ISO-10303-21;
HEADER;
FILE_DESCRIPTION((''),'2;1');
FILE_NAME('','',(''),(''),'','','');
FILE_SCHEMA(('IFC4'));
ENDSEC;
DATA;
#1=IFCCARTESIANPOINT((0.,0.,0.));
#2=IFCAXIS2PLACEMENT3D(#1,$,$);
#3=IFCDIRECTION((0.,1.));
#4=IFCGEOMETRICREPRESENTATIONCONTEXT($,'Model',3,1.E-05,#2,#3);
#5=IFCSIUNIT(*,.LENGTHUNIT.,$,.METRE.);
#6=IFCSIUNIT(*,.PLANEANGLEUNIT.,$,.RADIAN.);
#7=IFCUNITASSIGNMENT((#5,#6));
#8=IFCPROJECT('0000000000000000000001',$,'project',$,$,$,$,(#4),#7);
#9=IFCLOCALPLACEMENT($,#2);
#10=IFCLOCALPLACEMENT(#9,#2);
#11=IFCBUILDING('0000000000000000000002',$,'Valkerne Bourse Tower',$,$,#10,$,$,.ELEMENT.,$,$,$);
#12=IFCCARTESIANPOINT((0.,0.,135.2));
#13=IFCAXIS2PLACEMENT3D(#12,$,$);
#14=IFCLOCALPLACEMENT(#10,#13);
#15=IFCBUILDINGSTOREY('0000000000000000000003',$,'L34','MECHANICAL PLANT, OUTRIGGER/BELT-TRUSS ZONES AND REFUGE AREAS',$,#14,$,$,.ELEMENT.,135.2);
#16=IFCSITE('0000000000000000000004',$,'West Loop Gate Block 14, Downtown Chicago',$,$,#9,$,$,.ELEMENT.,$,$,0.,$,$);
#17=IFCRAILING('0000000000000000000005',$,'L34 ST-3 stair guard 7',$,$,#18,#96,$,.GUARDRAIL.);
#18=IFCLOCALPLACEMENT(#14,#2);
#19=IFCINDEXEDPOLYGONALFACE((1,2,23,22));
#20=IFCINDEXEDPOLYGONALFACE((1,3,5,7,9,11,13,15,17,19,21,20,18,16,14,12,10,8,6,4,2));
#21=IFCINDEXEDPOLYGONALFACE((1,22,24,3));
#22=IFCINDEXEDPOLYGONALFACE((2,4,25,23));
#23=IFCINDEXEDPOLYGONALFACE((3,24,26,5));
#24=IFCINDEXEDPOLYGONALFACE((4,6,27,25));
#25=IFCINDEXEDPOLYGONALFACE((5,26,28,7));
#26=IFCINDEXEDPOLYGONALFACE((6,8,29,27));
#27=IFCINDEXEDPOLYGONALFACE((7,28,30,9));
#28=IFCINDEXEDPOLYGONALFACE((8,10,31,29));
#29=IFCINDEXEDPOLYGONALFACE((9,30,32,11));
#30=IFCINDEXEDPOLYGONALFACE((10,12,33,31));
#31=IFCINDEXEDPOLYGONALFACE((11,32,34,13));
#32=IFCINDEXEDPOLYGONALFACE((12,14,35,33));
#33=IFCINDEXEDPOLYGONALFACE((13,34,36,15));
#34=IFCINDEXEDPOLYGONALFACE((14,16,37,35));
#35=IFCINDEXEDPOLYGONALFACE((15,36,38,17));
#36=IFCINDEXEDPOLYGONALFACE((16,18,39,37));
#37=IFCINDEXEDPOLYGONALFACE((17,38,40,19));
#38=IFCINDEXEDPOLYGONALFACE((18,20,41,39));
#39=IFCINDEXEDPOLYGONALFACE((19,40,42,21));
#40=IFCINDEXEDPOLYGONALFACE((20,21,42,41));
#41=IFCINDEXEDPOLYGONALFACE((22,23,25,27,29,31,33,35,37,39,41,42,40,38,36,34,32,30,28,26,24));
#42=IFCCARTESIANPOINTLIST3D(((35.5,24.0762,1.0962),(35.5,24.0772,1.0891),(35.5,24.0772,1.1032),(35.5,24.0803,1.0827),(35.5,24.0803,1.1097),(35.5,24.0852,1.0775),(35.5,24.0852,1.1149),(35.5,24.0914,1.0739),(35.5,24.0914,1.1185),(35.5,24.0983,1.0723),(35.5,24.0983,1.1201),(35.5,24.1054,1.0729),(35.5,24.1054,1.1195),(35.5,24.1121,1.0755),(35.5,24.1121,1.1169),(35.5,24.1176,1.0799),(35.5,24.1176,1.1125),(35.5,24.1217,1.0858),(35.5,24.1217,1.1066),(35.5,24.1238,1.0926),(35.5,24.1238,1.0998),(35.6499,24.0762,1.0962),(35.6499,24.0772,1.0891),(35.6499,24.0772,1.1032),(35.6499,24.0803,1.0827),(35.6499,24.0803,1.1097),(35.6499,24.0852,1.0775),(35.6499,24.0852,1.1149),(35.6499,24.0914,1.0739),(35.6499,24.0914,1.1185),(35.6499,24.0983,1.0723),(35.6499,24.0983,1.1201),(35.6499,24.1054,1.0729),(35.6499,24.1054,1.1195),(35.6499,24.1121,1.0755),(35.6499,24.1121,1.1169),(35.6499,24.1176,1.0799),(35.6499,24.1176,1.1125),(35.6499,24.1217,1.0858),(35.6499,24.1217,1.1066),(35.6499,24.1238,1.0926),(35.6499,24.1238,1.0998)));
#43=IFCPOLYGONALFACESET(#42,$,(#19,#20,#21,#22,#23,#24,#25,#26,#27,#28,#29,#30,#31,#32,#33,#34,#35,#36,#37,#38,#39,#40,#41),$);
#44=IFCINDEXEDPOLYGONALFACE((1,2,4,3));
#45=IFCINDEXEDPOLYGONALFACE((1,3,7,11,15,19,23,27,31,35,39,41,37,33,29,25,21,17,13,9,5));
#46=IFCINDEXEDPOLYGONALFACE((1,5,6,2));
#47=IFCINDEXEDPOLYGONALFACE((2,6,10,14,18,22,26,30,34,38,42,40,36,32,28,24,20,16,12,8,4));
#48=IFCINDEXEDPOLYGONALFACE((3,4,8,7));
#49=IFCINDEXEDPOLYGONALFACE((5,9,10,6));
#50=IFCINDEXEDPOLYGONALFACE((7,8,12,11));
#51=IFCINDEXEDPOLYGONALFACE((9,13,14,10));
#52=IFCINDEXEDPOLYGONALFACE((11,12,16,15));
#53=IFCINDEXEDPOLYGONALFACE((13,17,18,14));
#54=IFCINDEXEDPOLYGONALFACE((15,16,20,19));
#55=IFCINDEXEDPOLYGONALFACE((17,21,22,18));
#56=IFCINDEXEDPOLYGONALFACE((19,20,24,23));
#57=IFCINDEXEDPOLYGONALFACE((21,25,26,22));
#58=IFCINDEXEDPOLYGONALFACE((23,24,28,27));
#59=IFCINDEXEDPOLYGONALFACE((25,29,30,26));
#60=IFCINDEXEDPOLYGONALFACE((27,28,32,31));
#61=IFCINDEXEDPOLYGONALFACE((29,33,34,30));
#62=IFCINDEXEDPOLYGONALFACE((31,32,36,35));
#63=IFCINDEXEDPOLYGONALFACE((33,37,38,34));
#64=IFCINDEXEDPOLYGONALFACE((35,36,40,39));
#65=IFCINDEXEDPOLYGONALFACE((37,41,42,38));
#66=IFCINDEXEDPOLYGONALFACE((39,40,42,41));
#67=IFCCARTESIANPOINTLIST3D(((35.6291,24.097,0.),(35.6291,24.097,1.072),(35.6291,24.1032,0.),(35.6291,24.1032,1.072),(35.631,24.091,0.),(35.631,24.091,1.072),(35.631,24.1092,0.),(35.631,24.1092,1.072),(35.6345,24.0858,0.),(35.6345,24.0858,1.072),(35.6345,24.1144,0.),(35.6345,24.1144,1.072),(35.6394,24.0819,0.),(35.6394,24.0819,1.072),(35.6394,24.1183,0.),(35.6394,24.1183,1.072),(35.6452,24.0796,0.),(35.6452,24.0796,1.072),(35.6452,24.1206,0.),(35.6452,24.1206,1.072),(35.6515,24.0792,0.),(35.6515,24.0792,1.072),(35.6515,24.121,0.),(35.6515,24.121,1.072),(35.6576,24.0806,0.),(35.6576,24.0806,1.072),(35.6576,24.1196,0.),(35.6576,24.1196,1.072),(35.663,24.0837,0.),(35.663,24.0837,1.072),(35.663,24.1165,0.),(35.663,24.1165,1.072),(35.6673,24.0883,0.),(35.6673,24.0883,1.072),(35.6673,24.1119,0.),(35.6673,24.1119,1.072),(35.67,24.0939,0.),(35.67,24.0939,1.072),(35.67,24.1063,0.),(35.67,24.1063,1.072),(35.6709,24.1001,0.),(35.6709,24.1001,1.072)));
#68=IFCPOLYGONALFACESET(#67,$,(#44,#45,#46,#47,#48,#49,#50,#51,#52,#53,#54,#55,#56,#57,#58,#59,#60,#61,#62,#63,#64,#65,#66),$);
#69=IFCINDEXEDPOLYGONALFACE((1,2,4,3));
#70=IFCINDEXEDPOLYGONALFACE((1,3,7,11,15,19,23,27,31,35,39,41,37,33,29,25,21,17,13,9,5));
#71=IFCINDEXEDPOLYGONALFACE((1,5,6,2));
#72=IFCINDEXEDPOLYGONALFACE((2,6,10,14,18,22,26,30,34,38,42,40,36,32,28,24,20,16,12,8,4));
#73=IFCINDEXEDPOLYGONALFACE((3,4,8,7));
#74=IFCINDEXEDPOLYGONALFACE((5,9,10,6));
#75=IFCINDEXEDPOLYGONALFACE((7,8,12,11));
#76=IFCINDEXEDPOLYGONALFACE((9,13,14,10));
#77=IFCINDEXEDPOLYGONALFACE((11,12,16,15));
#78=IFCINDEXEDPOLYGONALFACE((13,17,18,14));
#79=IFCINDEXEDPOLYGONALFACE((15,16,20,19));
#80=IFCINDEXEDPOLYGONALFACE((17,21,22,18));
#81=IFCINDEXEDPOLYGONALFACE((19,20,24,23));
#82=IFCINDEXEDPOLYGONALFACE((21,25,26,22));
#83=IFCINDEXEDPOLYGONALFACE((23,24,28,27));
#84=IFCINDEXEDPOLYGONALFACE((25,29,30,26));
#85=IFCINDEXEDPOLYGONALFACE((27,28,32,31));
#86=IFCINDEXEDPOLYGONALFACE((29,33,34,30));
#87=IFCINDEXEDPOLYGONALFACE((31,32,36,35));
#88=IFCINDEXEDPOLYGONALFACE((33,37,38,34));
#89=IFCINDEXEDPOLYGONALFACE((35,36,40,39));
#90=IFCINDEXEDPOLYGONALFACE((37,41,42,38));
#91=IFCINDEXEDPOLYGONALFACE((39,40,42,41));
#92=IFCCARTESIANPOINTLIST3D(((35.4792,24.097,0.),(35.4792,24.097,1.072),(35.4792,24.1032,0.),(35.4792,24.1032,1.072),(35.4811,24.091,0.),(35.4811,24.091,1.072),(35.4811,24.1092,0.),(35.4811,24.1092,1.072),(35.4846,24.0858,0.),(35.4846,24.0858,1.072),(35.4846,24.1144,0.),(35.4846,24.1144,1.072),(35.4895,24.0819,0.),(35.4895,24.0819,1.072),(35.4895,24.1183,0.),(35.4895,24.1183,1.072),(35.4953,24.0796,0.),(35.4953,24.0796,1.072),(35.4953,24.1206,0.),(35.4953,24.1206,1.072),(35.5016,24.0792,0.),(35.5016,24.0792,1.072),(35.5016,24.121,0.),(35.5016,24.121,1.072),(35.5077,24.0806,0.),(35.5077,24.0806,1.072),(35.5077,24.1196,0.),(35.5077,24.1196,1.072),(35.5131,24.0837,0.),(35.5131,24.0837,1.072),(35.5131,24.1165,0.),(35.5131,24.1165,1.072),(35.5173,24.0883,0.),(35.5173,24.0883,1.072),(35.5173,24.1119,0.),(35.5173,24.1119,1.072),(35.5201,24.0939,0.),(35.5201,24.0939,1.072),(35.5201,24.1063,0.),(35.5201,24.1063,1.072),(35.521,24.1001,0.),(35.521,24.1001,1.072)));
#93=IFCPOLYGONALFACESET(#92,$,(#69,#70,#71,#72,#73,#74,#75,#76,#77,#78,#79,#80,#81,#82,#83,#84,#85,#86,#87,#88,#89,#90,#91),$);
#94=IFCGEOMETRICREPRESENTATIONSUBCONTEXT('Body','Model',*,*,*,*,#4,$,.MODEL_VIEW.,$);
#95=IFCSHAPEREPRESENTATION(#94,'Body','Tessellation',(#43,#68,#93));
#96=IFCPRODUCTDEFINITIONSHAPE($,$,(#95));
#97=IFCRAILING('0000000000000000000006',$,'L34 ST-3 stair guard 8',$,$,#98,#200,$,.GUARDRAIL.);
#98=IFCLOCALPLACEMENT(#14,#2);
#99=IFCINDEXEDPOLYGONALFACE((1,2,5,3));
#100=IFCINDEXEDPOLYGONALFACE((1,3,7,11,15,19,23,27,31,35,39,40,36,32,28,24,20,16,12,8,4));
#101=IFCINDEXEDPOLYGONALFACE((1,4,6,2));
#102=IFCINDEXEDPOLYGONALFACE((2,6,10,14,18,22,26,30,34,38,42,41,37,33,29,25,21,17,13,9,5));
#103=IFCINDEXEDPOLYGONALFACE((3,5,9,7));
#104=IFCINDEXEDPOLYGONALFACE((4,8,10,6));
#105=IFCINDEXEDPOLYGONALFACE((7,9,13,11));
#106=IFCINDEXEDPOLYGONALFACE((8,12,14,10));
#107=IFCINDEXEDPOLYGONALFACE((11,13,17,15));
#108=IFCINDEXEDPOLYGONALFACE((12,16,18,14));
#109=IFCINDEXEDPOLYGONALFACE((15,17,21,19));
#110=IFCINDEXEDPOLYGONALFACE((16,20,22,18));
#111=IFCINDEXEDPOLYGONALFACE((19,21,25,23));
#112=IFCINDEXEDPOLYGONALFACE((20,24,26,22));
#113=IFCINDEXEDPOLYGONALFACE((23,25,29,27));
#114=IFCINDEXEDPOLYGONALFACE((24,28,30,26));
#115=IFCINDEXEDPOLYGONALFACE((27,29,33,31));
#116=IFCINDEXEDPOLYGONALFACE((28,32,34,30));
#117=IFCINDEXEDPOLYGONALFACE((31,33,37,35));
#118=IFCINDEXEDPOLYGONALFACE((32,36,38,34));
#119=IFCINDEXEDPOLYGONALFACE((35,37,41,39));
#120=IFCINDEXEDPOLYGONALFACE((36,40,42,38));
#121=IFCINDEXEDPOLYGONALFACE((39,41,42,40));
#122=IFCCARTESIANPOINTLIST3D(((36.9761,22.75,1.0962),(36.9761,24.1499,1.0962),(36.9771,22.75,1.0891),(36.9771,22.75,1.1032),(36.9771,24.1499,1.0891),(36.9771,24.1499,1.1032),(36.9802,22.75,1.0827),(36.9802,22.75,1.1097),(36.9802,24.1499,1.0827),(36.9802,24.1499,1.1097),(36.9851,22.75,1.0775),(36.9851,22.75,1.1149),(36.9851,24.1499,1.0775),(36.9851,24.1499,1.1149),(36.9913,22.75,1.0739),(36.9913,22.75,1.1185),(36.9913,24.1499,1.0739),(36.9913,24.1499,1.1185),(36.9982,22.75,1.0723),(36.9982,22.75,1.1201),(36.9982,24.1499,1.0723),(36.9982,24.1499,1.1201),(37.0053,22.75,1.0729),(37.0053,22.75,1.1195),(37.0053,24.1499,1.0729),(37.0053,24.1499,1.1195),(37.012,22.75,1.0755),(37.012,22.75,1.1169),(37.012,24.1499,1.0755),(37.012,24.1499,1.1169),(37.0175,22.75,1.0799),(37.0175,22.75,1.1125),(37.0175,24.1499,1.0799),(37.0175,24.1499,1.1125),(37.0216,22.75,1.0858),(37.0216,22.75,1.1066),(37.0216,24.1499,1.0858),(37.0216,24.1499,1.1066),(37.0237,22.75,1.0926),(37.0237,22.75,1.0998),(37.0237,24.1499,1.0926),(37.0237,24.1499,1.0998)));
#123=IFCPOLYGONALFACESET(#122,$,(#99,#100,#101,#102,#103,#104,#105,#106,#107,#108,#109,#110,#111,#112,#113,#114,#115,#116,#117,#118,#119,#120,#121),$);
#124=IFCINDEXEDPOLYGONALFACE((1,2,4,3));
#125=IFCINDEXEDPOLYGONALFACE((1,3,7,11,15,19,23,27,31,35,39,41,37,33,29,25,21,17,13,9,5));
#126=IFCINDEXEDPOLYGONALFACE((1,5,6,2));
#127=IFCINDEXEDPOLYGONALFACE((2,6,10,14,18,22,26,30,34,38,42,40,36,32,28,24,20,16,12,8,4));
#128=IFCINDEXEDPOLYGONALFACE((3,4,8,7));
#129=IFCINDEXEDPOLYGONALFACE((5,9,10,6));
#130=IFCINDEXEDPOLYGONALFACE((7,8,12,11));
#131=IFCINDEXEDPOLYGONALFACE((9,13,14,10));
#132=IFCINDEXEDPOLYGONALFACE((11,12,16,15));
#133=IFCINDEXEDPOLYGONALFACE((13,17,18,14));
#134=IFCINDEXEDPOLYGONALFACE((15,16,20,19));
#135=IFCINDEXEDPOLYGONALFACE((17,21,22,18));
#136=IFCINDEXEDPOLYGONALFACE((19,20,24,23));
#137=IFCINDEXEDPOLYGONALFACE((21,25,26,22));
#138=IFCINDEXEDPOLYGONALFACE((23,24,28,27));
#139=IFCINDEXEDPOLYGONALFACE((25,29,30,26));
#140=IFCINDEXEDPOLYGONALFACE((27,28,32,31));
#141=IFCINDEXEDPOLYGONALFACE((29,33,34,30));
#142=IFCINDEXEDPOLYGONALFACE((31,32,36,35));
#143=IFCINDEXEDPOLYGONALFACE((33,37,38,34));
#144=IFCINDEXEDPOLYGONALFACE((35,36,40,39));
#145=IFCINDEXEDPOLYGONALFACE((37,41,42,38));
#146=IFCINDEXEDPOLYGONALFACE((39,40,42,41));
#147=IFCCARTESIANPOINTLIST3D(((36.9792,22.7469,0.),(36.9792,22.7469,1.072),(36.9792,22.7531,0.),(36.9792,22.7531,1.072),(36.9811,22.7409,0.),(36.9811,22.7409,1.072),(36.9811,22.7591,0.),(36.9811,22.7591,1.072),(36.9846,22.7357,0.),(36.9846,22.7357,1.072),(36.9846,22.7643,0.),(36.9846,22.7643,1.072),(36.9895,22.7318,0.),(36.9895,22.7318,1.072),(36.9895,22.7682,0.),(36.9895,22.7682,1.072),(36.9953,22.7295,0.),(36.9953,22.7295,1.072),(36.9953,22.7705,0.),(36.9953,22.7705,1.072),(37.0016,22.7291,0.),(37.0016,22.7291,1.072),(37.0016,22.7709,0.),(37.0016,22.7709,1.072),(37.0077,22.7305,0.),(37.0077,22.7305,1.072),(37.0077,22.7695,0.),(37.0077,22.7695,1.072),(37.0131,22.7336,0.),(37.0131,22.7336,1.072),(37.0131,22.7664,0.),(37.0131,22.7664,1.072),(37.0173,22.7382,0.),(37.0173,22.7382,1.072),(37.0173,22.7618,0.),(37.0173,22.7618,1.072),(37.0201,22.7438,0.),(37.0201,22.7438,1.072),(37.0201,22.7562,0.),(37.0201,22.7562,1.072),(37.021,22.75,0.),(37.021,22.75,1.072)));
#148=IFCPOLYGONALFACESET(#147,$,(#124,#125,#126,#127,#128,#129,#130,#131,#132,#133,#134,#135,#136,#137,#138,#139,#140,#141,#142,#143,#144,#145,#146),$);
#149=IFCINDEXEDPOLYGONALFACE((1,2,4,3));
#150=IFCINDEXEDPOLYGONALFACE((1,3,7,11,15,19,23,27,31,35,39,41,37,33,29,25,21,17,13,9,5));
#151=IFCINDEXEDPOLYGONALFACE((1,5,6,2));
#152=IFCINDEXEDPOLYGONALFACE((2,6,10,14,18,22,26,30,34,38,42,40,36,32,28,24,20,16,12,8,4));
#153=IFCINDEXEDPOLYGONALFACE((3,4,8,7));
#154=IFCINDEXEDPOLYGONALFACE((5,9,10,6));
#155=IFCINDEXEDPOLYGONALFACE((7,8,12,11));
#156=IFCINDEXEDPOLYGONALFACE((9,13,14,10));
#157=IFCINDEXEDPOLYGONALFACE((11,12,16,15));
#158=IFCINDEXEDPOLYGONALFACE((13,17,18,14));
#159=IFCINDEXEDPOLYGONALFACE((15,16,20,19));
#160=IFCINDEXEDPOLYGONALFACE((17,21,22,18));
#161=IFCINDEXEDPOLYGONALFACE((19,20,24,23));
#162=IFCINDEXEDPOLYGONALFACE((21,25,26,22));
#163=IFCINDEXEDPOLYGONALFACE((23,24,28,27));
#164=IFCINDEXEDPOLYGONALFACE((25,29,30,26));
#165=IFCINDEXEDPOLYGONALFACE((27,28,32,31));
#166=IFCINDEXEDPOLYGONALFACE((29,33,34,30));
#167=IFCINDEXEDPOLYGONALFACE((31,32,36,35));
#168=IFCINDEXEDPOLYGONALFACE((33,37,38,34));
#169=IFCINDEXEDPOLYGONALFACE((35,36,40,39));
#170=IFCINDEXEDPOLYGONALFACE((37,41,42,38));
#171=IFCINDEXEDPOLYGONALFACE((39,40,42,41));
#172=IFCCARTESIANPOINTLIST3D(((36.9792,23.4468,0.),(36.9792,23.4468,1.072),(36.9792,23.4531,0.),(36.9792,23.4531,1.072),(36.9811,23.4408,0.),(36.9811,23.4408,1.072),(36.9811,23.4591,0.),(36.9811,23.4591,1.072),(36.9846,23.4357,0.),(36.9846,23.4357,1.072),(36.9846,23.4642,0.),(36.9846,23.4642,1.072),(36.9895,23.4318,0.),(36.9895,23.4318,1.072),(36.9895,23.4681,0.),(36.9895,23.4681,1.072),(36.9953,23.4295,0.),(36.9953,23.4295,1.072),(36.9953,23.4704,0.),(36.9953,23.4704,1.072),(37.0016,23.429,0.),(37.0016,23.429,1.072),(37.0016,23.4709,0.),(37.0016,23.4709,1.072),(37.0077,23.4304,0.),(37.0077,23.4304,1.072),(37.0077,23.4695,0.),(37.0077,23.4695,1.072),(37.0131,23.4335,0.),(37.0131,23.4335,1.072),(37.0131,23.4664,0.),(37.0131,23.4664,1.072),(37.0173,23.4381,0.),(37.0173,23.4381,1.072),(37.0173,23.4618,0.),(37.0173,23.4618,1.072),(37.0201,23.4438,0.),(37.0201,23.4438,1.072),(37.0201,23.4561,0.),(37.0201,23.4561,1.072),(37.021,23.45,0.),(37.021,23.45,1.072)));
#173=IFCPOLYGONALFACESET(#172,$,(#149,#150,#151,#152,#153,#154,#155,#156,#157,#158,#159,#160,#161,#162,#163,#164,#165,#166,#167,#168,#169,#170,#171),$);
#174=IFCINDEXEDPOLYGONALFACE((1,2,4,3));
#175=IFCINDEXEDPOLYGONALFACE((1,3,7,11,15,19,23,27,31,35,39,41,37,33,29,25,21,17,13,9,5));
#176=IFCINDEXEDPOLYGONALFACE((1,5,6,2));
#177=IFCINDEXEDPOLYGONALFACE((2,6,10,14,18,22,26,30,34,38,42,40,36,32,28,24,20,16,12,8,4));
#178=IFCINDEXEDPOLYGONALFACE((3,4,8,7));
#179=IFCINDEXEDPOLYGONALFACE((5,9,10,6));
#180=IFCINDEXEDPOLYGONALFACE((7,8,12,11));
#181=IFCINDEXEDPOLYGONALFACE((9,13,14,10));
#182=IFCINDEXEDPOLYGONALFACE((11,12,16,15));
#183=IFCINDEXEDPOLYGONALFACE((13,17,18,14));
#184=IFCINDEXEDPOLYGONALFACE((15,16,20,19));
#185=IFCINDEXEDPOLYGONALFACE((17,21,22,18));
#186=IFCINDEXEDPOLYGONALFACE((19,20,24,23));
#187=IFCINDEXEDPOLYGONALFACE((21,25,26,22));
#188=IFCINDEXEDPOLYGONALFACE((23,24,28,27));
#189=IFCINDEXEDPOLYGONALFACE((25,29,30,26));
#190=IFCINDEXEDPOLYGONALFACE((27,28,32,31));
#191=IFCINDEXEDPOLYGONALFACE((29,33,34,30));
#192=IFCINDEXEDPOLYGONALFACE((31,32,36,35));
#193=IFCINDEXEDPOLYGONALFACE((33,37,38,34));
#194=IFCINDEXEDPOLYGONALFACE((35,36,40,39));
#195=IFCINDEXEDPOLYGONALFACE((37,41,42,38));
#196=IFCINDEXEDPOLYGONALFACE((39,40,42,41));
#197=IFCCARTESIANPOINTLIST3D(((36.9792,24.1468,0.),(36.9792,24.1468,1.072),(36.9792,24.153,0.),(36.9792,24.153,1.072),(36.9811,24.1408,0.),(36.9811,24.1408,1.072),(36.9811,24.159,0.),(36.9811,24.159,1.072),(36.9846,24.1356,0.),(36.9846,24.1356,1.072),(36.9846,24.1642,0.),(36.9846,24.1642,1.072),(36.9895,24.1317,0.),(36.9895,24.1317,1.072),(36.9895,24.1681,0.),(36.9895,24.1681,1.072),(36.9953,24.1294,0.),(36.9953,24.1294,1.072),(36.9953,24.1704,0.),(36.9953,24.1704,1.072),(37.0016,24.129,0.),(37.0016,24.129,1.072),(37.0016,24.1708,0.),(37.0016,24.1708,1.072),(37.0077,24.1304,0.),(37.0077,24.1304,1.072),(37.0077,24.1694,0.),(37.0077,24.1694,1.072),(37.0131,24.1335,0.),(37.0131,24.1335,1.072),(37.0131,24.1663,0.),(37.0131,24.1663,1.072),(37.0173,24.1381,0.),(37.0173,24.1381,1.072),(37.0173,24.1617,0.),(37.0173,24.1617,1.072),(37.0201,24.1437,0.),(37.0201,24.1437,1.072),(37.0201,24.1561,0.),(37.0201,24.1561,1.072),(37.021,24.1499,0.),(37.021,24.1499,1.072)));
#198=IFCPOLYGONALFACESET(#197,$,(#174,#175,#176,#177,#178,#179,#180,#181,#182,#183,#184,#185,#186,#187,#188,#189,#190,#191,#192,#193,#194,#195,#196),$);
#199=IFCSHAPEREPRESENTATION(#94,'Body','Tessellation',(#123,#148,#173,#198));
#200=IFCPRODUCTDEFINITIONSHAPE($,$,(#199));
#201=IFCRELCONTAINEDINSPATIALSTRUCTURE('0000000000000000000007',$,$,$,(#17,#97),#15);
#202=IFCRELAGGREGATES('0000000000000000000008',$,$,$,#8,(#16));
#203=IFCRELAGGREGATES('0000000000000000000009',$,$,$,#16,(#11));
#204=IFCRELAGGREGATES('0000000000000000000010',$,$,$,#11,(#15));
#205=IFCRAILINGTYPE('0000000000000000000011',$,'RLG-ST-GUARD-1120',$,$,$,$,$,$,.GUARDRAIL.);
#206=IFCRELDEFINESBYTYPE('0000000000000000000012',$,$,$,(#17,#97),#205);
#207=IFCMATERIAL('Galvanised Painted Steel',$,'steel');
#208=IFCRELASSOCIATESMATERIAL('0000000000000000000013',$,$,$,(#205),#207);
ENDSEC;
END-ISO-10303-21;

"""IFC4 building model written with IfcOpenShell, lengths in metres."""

from ifc_helpers import new_model, si_unit, direction, frame, origin, origin_2d, place, context, subcontext, project, spatial, circle, extrude, material, type_object, element, save


model = new_model("IFC4")

# Units and contexts
model_context = context("Model", 3, precision=1e-05, world=origin(), true_north=direction((0.0, 1.0)))
body_context = subcontext(model_context, "Body", "Model", "MODEL_VIEW")
ifc_project = project(units=[si_unit("LENGTHUNIT", "METRE"), si_unit("PLANEANGLEUNIT", "RADIAN")], contexts=[model_context])

# Site, building, storey
site_placement = place(None, origin())
site = spatial("IfcSite", under=ifc_project, at=site_placement, Name="West Loop Gate Block 14, Downtown Chicago", CompositionType="ELEMENT", RefElevation=0.0)
building_placement = place(site_placement, origin())
building = spatial("IfcBuilding", under=site, at=building_placement, Name="Valkerne Bourse Tower", CompositionType="ELEMENT")
storey_placement = place(building_placement, frame((0.0, 0.0, 135.2)))
storey = spatial("IfcBuildingStorey", under=building, at=storey_placement, Name="L34", Description="MECHANICAL PLANT, OUTRIGGER/BELT-TRUSS ZONES AND REFUGE AREAS", CompositionType="ELEMENT", Elevation=135.2)

# Shared definitions
ifc_material_1 = material(Name="Galvanised Painted Steel", Category="steel")

# Railings
railing_type_1 = type_object("IfcRailingType", Name="RLG-ST-GUARD-1120", PredefinedType="GUARDRAIL", material=ifc_material_1)
railing_1_placement = place(storey_placement, frame((35.6499, 24.1001, 0.0)))
element("IfcRailing", 1, at=railing_1_placement, inside=storey, type_object=railing_type_1, Name="L34 ST-3 stair guard 7", PredefinedType="GUARDRAIL", context=body_context, shape_type="SweptSolid", body=[
    extrude(circle(Radius=0.0239, at=origin_2d()), frame((0.0, 0.0, 1.0962), z_axis=(-1.0, 0.0, 0.0), x_axis=(0.0, -1.0, 0.0)), (0.0, 0.0, 1.0), 0.1499),
    extrude(circle(Radius=0.021, at=origin_2d()), origin(), (0.0, 0.0, 1.0), 1.072),
    extrude(circle(Radius=0.021, at=origin_2d()), frame((-0.1499, 0.0, 0.0)), (0.0, 0.0, 1.0), 1.072),
])
railing_2_placement = place(storey_placement, frame((37.0, 22.75, 0.0)))
element("IfcRailing", 2, at=railing_2_placement, inside=storey, type_object=railing_type_1, Name="L34 ST-3 stair guard 8", PredefinedType="GUARDRAIL", context=body_context, shape_type="SweptSolid", body=[
    extrude(circle(Radius=0.0239, at=origin_2d()), frame((0.0, 0.0, 1.0962), z_axis=(0.0, 1.0, 0.0), x_axis=(-1.0, 0.0, 0.0)), (0.0, 0.0, 1.0), 1.3999),
    extrude(circle(Radius=0.021, at=origin_2d()), origin(), (0.0, 0.0, 1.0), 1.072),
    extrude(circle(Radius=0.021, at=origin_2d()), frame((0.0, 0.7, 0.0)), (0.0, 0.0, 1.0), 1.072),
    extrude(circle(Radius=0.021, at=origin_2d()), frame((0.0, 1.3999, 0.0)), (0.0, 0.0, 1.0), 1.072),
])

save(model, "model.ifc")
